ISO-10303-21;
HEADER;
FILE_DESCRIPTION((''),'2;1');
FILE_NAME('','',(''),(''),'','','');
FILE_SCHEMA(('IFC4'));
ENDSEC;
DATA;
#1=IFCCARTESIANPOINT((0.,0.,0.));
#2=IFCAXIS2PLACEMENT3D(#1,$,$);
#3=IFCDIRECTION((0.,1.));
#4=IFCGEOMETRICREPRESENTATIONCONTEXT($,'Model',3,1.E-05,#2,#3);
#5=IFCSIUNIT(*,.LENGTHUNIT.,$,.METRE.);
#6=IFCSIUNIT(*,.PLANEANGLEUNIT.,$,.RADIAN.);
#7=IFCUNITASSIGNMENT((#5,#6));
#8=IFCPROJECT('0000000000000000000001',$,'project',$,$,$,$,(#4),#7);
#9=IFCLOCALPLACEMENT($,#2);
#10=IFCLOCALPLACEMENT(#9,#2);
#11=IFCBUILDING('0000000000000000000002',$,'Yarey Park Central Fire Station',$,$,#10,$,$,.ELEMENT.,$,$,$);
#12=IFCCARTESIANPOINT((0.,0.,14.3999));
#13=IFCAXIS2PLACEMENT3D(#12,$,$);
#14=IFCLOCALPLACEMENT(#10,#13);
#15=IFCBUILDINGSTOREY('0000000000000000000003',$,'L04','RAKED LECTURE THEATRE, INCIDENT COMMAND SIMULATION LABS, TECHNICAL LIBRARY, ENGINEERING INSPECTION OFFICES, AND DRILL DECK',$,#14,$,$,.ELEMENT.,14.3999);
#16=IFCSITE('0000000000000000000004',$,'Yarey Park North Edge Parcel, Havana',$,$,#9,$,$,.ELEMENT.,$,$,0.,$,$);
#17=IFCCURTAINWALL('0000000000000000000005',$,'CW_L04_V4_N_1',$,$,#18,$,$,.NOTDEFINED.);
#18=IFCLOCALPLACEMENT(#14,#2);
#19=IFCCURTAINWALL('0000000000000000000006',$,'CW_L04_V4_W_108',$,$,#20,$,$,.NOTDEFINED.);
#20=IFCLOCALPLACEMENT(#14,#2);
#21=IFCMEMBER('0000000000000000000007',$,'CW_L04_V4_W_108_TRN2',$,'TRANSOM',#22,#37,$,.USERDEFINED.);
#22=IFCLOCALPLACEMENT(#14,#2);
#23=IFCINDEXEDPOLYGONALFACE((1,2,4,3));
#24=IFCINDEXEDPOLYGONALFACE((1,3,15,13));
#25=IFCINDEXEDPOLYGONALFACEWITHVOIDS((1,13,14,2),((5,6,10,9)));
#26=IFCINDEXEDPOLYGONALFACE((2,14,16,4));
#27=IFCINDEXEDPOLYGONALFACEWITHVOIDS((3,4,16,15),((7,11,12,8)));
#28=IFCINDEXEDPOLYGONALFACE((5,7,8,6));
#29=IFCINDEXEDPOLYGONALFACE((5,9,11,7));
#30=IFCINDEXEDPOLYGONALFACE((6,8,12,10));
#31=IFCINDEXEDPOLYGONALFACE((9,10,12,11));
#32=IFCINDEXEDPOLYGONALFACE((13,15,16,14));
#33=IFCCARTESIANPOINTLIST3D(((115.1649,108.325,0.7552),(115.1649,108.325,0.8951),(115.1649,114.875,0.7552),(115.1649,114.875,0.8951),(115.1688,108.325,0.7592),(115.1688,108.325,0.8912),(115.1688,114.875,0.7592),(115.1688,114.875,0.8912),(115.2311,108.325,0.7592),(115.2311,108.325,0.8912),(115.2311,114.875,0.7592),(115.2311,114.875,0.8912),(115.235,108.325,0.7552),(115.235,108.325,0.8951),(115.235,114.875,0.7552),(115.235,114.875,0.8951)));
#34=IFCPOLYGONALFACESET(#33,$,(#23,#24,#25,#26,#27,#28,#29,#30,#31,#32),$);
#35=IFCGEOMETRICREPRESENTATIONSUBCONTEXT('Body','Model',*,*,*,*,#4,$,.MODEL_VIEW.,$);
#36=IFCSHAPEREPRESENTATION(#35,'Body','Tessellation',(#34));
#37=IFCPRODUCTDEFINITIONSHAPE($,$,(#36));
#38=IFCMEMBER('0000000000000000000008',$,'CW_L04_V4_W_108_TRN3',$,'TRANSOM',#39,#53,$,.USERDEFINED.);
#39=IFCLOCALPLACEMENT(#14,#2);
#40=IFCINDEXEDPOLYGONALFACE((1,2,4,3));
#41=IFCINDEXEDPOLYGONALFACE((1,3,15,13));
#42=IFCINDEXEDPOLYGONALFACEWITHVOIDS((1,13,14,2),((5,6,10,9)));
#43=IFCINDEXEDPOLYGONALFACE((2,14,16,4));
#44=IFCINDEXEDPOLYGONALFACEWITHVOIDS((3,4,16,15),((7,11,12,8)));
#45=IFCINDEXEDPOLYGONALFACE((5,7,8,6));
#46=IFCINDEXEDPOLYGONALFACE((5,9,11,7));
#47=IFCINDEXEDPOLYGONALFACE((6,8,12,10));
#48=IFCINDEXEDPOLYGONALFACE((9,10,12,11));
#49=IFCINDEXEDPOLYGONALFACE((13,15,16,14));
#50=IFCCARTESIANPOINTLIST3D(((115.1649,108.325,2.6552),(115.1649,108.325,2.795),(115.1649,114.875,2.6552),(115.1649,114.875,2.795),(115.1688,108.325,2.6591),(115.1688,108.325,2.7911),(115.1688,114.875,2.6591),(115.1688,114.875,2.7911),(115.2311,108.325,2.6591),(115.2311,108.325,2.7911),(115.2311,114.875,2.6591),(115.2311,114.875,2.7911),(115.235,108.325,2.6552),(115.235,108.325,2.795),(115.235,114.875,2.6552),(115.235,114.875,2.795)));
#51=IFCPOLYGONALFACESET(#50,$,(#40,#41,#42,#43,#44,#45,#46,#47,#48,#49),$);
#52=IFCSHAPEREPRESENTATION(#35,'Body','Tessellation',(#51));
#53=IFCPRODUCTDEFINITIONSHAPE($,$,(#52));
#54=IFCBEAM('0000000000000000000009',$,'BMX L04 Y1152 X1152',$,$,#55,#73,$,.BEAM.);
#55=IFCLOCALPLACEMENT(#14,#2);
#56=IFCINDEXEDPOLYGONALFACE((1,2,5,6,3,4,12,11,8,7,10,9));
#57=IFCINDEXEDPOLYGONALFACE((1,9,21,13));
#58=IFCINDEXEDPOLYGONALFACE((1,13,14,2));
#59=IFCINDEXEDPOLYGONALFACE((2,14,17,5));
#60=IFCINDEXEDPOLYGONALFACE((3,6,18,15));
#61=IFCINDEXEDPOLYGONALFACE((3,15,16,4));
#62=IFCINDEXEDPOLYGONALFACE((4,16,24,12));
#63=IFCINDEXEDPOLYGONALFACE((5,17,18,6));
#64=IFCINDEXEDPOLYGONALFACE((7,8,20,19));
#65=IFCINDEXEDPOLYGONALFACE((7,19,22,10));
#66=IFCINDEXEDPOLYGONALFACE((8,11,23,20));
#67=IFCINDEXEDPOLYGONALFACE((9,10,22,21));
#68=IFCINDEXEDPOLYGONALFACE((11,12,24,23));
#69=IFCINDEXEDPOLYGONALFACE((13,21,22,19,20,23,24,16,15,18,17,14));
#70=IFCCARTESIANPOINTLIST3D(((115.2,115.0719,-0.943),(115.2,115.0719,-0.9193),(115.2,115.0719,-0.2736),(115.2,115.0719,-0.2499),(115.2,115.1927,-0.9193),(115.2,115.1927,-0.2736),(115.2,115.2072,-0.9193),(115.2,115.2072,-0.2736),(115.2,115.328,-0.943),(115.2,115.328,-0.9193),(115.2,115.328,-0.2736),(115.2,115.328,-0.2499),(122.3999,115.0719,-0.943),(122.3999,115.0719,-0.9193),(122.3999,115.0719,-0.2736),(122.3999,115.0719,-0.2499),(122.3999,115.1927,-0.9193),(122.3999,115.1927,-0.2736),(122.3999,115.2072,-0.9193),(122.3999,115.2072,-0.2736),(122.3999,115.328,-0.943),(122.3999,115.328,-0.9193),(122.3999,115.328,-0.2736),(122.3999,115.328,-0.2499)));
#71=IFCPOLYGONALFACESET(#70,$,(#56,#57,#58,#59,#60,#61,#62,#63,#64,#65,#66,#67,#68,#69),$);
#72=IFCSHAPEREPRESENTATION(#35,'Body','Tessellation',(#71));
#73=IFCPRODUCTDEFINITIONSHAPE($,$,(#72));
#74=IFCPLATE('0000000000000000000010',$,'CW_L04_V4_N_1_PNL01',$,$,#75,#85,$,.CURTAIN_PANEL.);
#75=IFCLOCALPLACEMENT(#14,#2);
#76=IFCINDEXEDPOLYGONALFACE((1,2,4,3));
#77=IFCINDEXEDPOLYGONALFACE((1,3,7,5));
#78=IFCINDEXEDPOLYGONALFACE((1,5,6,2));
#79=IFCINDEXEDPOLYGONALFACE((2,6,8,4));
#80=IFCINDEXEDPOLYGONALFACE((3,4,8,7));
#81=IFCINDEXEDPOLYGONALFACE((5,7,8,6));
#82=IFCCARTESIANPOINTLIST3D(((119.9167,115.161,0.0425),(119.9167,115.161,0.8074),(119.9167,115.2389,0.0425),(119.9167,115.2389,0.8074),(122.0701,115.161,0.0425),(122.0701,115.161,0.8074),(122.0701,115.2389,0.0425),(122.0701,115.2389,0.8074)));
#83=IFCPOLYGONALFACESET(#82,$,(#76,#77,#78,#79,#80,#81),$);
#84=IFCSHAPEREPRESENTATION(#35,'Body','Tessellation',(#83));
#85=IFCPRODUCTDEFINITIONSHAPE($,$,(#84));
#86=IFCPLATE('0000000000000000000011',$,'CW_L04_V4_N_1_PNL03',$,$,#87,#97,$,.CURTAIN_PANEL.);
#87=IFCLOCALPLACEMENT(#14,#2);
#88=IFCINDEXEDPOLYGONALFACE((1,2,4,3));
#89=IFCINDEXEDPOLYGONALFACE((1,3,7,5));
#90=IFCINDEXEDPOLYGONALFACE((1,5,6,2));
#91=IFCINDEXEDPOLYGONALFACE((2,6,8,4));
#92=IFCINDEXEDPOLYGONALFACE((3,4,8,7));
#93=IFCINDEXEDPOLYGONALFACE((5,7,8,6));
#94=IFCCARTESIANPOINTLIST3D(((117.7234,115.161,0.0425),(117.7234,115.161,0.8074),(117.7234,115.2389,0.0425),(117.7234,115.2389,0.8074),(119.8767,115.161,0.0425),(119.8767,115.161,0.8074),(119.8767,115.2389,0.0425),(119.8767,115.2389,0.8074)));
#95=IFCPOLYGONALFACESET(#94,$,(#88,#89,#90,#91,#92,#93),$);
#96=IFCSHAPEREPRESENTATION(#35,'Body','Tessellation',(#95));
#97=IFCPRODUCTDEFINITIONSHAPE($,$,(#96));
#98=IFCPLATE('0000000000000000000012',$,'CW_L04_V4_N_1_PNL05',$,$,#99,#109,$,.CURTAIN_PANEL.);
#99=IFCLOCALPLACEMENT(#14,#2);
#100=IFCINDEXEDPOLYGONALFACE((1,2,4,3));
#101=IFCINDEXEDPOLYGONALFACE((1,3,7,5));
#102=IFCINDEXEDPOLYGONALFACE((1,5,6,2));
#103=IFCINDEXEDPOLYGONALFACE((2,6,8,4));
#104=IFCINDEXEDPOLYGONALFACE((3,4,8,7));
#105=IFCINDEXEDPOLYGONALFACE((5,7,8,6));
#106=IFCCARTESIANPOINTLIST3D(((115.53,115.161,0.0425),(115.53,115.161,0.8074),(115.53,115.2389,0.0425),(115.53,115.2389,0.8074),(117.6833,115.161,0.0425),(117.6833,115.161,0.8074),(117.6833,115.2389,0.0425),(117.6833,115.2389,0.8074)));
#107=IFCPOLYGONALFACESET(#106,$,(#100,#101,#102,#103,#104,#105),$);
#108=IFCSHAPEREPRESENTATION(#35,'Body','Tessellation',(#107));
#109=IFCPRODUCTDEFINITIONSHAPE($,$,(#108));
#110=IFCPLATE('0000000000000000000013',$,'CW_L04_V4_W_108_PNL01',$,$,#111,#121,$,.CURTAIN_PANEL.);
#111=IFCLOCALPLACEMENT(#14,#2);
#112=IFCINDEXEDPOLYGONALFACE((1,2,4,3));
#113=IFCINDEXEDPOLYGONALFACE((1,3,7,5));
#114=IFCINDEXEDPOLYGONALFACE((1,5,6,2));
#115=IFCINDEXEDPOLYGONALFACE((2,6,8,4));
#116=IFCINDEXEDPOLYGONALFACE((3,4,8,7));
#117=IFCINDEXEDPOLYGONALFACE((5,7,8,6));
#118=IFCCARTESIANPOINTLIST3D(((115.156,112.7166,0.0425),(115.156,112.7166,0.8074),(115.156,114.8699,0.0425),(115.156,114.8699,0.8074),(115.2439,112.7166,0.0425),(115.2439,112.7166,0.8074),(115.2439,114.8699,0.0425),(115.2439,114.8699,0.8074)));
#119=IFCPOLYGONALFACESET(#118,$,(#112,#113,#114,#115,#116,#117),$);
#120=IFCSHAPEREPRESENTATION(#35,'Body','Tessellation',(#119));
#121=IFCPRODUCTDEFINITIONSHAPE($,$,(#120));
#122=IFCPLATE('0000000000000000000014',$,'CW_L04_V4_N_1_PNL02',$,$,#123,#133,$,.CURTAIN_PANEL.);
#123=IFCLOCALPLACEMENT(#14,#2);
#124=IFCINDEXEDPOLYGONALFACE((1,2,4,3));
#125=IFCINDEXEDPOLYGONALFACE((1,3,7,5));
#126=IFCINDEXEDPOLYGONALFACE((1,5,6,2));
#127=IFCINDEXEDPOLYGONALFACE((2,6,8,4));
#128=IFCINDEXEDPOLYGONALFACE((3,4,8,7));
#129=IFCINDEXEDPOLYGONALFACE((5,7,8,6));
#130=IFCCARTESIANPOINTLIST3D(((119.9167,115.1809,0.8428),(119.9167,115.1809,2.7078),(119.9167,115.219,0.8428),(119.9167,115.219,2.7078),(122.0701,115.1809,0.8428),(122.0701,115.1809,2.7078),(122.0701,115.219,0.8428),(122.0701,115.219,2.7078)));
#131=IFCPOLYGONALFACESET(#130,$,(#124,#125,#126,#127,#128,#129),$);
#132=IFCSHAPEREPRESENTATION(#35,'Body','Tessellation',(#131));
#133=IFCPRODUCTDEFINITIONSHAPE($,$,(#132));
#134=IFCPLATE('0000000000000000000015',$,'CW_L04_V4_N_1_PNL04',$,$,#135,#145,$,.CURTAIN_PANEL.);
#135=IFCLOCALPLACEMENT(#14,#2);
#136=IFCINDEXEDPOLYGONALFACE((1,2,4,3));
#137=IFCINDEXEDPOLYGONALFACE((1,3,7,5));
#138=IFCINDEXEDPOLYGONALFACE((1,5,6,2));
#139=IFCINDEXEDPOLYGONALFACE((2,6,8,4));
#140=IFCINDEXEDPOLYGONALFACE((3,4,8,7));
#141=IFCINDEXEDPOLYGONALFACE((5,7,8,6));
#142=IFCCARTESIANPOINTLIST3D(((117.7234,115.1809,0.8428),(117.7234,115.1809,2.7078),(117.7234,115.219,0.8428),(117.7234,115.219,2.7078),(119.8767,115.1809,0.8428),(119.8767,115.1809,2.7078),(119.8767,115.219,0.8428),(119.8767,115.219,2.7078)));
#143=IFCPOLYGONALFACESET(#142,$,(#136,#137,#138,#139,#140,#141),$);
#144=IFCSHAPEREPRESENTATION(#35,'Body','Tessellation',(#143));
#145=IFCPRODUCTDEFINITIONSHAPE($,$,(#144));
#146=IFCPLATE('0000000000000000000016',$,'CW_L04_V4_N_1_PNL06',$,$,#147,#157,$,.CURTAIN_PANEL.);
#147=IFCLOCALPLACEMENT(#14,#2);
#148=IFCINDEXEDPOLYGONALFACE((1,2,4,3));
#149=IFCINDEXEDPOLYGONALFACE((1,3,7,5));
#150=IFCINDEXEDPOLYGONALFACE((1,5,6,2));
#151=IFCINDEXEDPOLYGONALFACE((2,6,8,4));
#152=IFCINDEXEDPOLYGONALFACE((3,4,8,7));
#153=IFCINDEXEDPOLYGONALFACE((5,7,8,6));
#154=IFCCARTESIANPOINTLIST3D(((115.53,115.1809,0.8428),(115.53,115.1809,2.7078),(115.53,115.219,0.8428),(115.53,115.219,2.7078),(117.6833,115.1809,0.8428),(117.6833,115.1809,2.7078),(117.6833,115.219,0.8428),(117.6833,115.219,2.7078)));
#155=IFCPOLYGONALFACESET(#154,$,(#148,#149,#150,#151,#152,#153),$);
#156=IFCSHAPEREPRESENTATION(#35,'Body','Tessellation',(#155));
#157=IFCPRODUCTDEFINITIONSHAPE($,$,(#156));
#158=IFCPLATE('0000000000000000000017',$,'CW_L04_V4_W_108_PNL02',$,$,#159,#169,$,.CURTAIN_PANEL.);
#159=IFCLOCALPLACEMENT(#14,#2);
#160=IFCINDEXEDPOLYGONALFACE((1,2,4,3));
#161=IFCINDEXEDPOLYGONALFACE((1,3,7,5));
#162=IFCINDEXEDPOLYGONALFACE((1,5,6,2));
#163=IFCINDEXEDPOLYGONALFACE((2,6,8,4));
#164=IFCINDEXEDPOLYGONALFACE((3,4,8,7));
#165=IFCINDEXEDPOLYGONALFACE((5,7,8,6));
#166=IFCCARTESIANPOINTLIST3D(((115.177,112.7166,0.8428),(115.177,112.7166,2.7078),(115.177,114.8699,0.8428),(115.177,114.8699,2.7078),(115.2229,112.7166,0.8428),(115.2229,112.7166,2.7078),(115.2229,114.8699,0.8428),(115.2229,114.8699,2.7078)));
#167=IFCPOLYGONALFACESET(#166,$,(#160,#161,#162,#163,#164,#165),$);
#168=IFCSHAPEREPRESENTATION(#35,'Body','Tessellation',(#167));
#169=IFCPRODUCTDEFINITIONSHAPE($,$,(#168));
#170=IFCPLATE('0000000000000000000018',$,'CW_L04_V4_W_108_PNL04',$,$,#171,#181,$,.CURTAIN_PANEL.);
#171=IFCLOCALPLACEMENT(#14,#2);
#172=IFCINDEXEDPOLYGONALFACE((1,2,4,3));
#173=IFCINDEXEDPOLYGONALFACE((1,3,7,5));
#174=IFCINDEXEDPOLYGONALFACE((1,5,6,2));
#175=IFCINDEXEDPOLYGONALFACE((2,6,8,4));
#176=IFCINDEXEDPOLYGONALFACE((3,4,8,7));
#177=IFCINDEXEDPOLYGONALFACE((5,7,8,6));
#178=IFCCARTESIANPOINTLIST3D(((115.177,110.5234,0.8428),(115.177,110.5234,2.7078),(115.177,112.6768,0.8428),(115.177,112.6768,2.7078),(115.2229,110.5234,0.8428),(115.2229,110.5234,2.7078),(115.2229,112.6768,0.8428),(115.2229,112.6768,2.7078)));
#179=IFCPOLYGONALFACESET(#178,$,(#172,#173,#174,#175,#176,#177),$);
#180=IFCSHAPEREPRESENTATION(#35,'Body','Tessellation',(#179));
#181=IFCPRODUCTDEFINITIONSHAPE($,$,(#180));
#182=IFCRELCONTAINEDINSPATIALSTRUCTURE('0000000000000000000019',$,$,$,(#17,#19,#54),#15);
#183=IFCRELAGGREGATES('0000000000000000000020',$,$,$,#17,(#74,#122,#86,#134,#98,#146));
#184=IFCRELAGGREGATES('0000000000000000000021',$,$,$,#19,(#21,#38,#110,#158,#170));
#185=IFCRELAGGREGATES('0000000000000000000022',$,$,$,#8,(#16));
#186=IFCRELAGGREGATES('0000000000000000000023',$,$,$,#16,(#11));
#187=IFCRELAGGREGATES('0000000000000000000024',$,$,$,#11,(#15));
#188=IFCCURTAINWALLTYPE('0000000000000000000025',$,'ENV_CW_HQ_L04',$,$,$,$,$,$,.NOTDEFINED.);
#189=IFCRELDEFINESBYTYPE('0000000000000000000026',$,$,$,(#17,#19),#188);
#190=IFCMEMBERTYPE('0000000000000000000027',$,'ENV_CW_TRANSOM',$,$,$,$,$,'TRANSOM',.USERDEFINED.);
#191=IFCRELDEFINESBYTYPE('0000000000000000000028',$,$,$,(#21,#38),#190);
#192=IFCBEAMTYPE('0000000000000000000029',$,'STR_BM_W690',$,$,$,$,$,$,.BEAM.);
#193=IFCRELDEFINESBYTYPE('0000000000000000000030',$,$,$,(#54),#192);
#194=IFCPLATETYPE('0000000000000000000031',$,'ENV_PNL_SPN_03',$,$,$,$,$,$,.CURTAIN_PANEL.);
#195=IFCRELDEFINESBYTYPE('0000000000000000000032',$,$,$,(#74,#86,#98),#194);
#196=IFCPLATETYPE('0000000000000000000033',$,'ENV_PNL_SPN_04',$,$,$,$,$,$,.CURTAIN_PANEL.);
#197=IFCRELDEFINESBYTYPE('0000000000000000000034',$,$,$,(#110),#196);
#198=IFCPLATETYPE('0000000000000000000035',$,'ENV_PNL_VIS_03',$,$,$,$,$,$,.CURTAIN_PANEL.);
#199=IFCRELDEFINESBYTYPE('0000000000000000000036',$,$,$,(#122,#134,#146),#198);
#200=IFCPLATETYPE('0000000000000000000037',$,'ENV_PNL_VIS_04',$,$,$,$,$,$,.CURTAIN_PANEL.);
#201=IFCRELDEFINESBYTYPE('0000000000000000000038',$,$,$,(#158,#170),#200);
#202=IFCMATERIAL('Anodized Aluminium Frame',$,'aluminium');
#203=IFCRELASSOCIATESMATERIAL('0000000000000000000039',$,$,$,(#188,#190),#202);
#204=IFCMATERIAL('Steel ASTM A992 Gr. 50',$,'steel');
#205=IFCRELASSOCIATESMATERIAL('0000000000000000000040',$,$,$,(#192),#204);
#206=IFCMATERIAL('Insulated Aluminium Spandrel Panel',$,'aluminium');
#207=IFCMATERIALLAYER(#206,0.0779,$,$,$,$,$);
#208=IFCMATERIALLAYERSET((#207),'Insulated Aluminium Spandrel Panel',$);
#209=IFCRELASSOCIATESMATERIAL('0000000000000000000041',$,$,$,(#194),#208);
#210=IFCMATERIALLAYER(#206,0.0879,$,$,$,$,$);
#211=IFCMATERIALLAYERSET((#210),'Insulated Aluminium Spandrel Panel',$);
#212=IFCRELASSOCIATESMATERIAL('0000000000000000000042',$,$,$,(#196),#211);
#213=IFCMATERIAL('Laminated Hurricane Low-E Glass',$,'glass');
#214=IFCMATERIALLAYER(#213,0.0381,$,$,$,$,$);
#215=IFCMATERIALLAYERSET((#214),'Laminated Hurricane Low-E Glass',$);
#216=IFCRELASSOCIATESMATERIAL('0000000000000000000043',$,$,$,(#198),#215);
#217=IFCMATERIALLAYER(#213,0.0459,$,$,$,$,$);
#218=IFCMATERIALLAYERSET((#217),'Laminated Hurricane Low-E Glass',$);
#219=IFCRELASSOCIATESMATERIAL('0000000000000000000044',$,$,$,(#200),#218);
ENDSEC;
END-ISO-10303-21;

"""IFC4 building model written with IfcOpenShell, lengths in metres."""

from ifc_helpers import new_model, si_unit, direction, frame, origin, origin_2d, place, context, subcontext, project, spatial, rectangle, hollow_rectangle, i_section, extrude, material, layer, layer_set, material_profile, profile_set, type_object, element, aggregate, save


model = new_model("IFC4")

# Units and contexts
model_context = context("Model", 3, precision=1e-05, world=origin(), true_north=direction((0.0, 1.0)))
body_context = subcontext(model_context, "Body", "Model", "MODEL_VIEW")
ifc_project = project(units=[si_unit("LENGTHUNIT", "METRE"), si_unit("PLANEANGLEUNIT", "RADIAN")], contexts=[model_context])

# Site, building, storey
site_placement = place(None, origin())
site = spatial("IfcSite", under=ifc_project, at=site_placement, Name="Yarey Park North Edge Parcel, Havana", CompositionType="ELEMENT", RefElevation=0.0)
building_placement = place(site_placement, origin())
building = spatial("IfcBuilding", under=site, at=building_placement, Name="Yarey Park Central Fire Station", CompositionType="ELEMENT")
storey_placement = place(building_placement, frame((0.0, 0.0, 14.3999)))
storey = spatial("IfcBuildingStorey", under=building, at=storey_placement, Name="L04", Description="RAKED LECTURE THEATRE, INCIDENT COMMAND SIMULATION LABS, TECHNICAL LIBRARY, ENGINEERING INSPECTION OFFICES, AND DRILL DECK", CompositionType="ELEMENT", Elevation=14.3999)

# Curtain walls
ifc_material_1 = material(Name="Anodized Aluminium Frame", Category="aluminium")
curtain_wall_type = type_object("IfcCurtainWallType", Name="ENV_CW_HQ_L04", PredefinedType="NOTDEFINED", material=ifc_material_1)
curtain_wall_1_placement = place(storey_placement, origin())
curtain_wall_1 = element("IfcCurtainWall", 1, at=curtain_wall_1_placement, inside=storey, type_object=curtain_wall_type, Name="CW_L04_V4_N_1", PredefinedType="NOTDEFINED")
curtain_wall_2_placement = place(storey_placement, origin())
curtain_wall_2 = element("IfcCurtainWall", 2, at=curtain_wall_2_placement, inside=storey, type_object=curtain_wall_type, Name="CW_L04_V4_W_108", PredefinedType="NOTDEFINED")

# Members
ifc_material_profile_1 = material_profile(ifc_material_1, hollow_rectangle(XDim=0.0701, YDim=0.1399, WallThickness=0.0039, at=origin_2d()), Name="ALU 140x70x4")
ifc_profile_set_1 = profile_set([ifc_material_profile_1], Name="Anodized Aluminium Frame")
member_type_1 = type_object("IfcMemberType", Name="ENV_CW_TRANSOM", ElementType="TRANSOM", PredefinedType="USERDEFINED", material=ifc_profile_set_1)
member_1_placement = place(storey_placement, frame((115.2, 114.875, 0.8252), z_axis=(0.0, -1.0, 0.0), x_axis=(1.0, 0.0, 0.0)))
member_1 = element("IfcMember", 3, at=member_1_placement, type_object=member_type_1, Name="CW_L04_V4_W_108_TRN2", ObjectType="TRANSOM", PredefinedType="USERDEFINED", context=body_context, shape_type="SweptSolid", body=[
    extrude(hollow_rectangle(XDim=0.0701, YDim=0.1399, WallThickness=0.0039, at=origin_2d()), origin(), (0.0, 0.0, 1.0), 6.55),
])
member_2_placement = place(storey_placement, frame((115.2, 114.875, 2.7251), z_axis=(0.0, -1.0, 0.0), x_axis=(1.0, 0.0, 0.0)))
member_2 = element("IfcMember", 4, at=member_2_placement, type_object=member_type_1, Name="CW_L04_V4_W_108_TRN3", ObjectType="TRANSOM", PredefinedType="USERDEFINED", context=body_context, shape_type="SweptSolid", body=[
    extrude(hollow_rectangle(XDim=0.0701, YDim=0.1399, WallThickness=0.0039, at=origin_2d()), origin(), (0.0, 0.0, 1.0), 6.55),
])

# Beam
ifc_material_2 = material(Name="Steel ASTM A992 Gr. 50", Category="steel")
ifc_material_profile_2 = material_profile(ifc_material_2, i_section(OverallWidth=0.2561, OverallDepth=0.6931, WebThickness=0.0144, FlangeThickness=0.0237, at=origin_2d()), Name="W690x170")
ifc_profile_set_2 = profile_set([ifc_material_profile_2], Name="Steel ASTM A992 Gr. 50")
beam_type = type_object("IfcBeamType", Name="STR_BM_W690", PredefinedType="BEAM", material=ifc_profile_set_2)
beam_placement = place(storey_placement, frame((115.2, 115.2, -0.5964), z_axis=(1.0, 0.0, 0.0), x_axis=(0.0, 1.0, 0.0)))
element("IfcBeam", 5, at=beam_placement, inside=storey, type_object=beam_type, Name="BMX L04 Y1152 X1152", PredefinedType="BEAM", context=body_context, shape_type="SweptSolid", body=[
    extrude(i_section(OverallWidth=0.2561, OverallDepth=0.6931, WebThickness=0.0144, FlangeThickness=0.0237, at=origin_2d()), origin(), (0.0, 0.0, 1.0), 7.2),
])

# Plates
ifc_material_3 = material(Name="Insulated Aluminium Spandrel Panel", Category="aluminium")
ifc_layer_1 = layer(ifc_material_3, 0.0779)
ifc_layer_set_1 = layer_set([ifc_layer_1], Name="Insulated Aluminium Spandrel Panel")
plate_type_1 = type_object("IfcPlateType", Name="ENV_PNL_SPN_03", PredefinedType="CURTAIN_PANEL", material=ifc_layer_set_1)
plate_1_placement = place(storey_placement, frame((120.9934, 115.2, 0.0425), z_axis=(0.0, 0.0, 1.0), x_axis=(-1.0, 0.0, 0.0)))
plate_1 = element("IfcPlate", 6, at=plate_1_placement, type_object=plate_type_1, Name="CW_L04_V4_N_1_PNL01", PredefinedType="CURTAIN_PANEL", context=body_context, shape_type="SweptSolid", body=[
    extrude(rectangle(XDim=2.1533, YDim=0.0779, at=origin_2d()), origin(), (0.0, 0.0, 1.0), 0.7649),
])
plate_2_placement = place(storey_placement, frame((118.8, 115.2, 0.0425), z_axis=(0.0, 0.0, 1.0), x_axis=(-1.0, 0.0, 0.0)))
plate_2 = element("IfcPlate", 7, at=plate_2_placement, type_object=plate_type_1, Name="CW_L04_V4_N_1_PNL03", PredefinedType="CURTAIN_PANEL", context=body_context, shape_type="SweptSolid", body=[
    extrude(rectangle(XDim=2.1533, YDim=0.0779, at=origin_2d()), origin(), (0.0, 0.0, 1.0), 0.7649),
])
plate_3_placement = place(storey_placement, frame((116.6067, 115.2, 0.0425), z_axis=(0.0, 0.0, 1.0), x_axis=(-1.0, 0.0, 0.0)))
plate_3 = element("IfcPlate", 8, at=plate_3_placement, type_object=plate_type_1, Name="CW_L04_V4_N_1_PNL05", PredefinedType="CURTAIN_PANEL", context=body_context, shape_type="SweptSolid", body=[
    extrude(rectangle(XDim=2.1533, YDim=0.0779, at=origin_2d()), origin(), (0.0, 0.0, 1.0), 0.7649),
])
ifc_layer_2 = layer(ifc_material_3, 0.0879)
ifc_layer_set_2 = layer_set([ifc_layer_2], Name="Insulated Aluminium Spandrel Panel")
plate_type_2 = type_object("IfcPlateType", Name="ENV_PNL_SPN_04", PredefinedType="CURTAIN_PANEL", material=ifc_layer_set_2)
plate_4_placement = place(storey_placement, frame((115.2, 113.7932, 0.0425), z_axis=(0.0, 0.0, 1.0), x_axis=(0.0, -1.0, 0.0)))
plate_4 = element("IfcPlate", 9, at=plate_4_placement, type_object=plate_type_2, Name="CW_L04_V4_W_108_PNL01", PredefinedType="CURTAIN_PANEL", context=body_context, shape_type="SweptSolid", body=[
    extrude(rectangle(XDim=2.1533, YDim=0.0879, at=origin_2d()), origin(), (0.0, 0.0, 1.0), 0.7649),
])
ifc_material_4 = material(Name="Laminated Hurricane Low-E Glass", Category="glass")
ifc_layer_3 = layer(ifc_material_4, 0.0381)
ifc_layer_set_3 = layer_set([ifc_layer_3], Name="Laminated Hurricane Low-E Glass")
plate_type_3 = type_object("IfcPlateType", Name="ENV_PNL_VIS_03", PredefinedType="CURTAIN_PANEL", material=ifc_layer_set_3)
plate_5_placement = place(storey_placement, frame((120.9934, 115.2, 0.8428), z_axis=(0.0, 0.0, 1.0), x_axis=(-1.0, 0.0, 0.0)))
plate_5 = element("IfcPlate", 10, at=plate_5_placement, type_object=plate_type_3, Name="CW_L04_V4_N_1_PNL02", PredefinedType="CURTAIN_PANEL", context=body_context, shape_type="SweptSolid", body=[
    extrude(rectangle(XDim=2.1533, YDim=0.0381, at=origin_2d()), origin(), (0.0, 0.0, 1.0), 1.865),
])
plate_6_placement = place(storey_placement, frame((118.8, 115.2, 0.8428), z_axis=(0.0, 0.0, 1.0), x_axis=(-1.0, 0.0, 0.0)))
plate_6 = element("IfcPlate", 11, at=plate_6_placement, type_object=plate_type_3, Name="CW_L04_V4_N_1_PNL04", PredefinedType="CURTAIN_PANEL", context=body_context, shape_type="SweptSolid", body=[
    extrude(rectangle(XDim=2.1533, YDim=0.0381, at=origin_2d()), origin(), (0.0, 0.0, 1.0), 1.865),
])
plate_7_placement = place(storey_placement, frame((116.6067, 115.2, 0.8428), z_axis=(0.0, 0.0, 1.0), x_axis=(-1.0, 0.0, 0.0)))
plate_7 = element("IfcPlate", 12, at=plate_7_placement, type_object=plate_type_3, Name="CW_L04_V4_N_1_PNL06", PredefinedType="CURTAIN_PANEL", context=body_context, shape_type="SweptSolid", body=[
    extrude(rectangle(XDim=2.1533, YDim=0.0381, at=origin_2d()), origin(), (0.0, 0.0, 1.0), 1.865),
])
aggregate(curtain_wall_1, [plate_1, plate_5, plate_2, plate_6, plate_3, plate_7])
ifc_layer_4 = layer(ifc_material_4, 0.0459)
ifc_layer_set_4 = layer_set([ifc_layer_4], Name="Laminated Hurricane Low-E Glass")
plate_type_4 = type_object("IfcPlateType", Name="ENV_PNL_VIS_04", PredefinedType="CURTAIN_PANEL", material=ifc_layer_set_4)
plate_8_placement = place(storey_placement, frame((115.2, 113.7932, 0.8428), z_axis=(0.0, 0.0, 1.0), x_axis=(0.0, -1.0, 0.0)))
plate_8 = element("IfcPlate", 13, at=plate_8_placement, type_object=plate_type_4, Name="CW_L04_V4_W_108_PNL02", PredefinedType="CURTAIN_PANEL", context=body_context, shape_type="SweptSolid", body=[
    extrude(rectangle(XDim=2.1533, YDim=0.0459, at=origin_2d()), origin(), (0.0, 0.0, 1.0), 1.865),
])
plate_9_placement = place(storey_placement, frame((115.2, 111.6001, 0.8428), z_axis=(0.0, 0.0, 1.0), x_axis=(0.0, -1.0, 0.0)))
plate_9 = element("IfcPlate", 14, at=plate_9_placement, type_object=plate_type_4, Name="CW_L04_V4_W_108_PNL04", PredefinedType="CURTAIN_PANEL", context=body_context, shape_type="SweptSolid", body=[
    extrude(rectangle(XDim=2.1533, YDim=0.0459, at=origin_2d()), origin(), (0.0, 0.0, 1.0), 1.865),
])
aggregate(curtain_wall_2, [member_1, member_2, plate_4, plate_8, plate_9])

save(model, "model.ifc")
